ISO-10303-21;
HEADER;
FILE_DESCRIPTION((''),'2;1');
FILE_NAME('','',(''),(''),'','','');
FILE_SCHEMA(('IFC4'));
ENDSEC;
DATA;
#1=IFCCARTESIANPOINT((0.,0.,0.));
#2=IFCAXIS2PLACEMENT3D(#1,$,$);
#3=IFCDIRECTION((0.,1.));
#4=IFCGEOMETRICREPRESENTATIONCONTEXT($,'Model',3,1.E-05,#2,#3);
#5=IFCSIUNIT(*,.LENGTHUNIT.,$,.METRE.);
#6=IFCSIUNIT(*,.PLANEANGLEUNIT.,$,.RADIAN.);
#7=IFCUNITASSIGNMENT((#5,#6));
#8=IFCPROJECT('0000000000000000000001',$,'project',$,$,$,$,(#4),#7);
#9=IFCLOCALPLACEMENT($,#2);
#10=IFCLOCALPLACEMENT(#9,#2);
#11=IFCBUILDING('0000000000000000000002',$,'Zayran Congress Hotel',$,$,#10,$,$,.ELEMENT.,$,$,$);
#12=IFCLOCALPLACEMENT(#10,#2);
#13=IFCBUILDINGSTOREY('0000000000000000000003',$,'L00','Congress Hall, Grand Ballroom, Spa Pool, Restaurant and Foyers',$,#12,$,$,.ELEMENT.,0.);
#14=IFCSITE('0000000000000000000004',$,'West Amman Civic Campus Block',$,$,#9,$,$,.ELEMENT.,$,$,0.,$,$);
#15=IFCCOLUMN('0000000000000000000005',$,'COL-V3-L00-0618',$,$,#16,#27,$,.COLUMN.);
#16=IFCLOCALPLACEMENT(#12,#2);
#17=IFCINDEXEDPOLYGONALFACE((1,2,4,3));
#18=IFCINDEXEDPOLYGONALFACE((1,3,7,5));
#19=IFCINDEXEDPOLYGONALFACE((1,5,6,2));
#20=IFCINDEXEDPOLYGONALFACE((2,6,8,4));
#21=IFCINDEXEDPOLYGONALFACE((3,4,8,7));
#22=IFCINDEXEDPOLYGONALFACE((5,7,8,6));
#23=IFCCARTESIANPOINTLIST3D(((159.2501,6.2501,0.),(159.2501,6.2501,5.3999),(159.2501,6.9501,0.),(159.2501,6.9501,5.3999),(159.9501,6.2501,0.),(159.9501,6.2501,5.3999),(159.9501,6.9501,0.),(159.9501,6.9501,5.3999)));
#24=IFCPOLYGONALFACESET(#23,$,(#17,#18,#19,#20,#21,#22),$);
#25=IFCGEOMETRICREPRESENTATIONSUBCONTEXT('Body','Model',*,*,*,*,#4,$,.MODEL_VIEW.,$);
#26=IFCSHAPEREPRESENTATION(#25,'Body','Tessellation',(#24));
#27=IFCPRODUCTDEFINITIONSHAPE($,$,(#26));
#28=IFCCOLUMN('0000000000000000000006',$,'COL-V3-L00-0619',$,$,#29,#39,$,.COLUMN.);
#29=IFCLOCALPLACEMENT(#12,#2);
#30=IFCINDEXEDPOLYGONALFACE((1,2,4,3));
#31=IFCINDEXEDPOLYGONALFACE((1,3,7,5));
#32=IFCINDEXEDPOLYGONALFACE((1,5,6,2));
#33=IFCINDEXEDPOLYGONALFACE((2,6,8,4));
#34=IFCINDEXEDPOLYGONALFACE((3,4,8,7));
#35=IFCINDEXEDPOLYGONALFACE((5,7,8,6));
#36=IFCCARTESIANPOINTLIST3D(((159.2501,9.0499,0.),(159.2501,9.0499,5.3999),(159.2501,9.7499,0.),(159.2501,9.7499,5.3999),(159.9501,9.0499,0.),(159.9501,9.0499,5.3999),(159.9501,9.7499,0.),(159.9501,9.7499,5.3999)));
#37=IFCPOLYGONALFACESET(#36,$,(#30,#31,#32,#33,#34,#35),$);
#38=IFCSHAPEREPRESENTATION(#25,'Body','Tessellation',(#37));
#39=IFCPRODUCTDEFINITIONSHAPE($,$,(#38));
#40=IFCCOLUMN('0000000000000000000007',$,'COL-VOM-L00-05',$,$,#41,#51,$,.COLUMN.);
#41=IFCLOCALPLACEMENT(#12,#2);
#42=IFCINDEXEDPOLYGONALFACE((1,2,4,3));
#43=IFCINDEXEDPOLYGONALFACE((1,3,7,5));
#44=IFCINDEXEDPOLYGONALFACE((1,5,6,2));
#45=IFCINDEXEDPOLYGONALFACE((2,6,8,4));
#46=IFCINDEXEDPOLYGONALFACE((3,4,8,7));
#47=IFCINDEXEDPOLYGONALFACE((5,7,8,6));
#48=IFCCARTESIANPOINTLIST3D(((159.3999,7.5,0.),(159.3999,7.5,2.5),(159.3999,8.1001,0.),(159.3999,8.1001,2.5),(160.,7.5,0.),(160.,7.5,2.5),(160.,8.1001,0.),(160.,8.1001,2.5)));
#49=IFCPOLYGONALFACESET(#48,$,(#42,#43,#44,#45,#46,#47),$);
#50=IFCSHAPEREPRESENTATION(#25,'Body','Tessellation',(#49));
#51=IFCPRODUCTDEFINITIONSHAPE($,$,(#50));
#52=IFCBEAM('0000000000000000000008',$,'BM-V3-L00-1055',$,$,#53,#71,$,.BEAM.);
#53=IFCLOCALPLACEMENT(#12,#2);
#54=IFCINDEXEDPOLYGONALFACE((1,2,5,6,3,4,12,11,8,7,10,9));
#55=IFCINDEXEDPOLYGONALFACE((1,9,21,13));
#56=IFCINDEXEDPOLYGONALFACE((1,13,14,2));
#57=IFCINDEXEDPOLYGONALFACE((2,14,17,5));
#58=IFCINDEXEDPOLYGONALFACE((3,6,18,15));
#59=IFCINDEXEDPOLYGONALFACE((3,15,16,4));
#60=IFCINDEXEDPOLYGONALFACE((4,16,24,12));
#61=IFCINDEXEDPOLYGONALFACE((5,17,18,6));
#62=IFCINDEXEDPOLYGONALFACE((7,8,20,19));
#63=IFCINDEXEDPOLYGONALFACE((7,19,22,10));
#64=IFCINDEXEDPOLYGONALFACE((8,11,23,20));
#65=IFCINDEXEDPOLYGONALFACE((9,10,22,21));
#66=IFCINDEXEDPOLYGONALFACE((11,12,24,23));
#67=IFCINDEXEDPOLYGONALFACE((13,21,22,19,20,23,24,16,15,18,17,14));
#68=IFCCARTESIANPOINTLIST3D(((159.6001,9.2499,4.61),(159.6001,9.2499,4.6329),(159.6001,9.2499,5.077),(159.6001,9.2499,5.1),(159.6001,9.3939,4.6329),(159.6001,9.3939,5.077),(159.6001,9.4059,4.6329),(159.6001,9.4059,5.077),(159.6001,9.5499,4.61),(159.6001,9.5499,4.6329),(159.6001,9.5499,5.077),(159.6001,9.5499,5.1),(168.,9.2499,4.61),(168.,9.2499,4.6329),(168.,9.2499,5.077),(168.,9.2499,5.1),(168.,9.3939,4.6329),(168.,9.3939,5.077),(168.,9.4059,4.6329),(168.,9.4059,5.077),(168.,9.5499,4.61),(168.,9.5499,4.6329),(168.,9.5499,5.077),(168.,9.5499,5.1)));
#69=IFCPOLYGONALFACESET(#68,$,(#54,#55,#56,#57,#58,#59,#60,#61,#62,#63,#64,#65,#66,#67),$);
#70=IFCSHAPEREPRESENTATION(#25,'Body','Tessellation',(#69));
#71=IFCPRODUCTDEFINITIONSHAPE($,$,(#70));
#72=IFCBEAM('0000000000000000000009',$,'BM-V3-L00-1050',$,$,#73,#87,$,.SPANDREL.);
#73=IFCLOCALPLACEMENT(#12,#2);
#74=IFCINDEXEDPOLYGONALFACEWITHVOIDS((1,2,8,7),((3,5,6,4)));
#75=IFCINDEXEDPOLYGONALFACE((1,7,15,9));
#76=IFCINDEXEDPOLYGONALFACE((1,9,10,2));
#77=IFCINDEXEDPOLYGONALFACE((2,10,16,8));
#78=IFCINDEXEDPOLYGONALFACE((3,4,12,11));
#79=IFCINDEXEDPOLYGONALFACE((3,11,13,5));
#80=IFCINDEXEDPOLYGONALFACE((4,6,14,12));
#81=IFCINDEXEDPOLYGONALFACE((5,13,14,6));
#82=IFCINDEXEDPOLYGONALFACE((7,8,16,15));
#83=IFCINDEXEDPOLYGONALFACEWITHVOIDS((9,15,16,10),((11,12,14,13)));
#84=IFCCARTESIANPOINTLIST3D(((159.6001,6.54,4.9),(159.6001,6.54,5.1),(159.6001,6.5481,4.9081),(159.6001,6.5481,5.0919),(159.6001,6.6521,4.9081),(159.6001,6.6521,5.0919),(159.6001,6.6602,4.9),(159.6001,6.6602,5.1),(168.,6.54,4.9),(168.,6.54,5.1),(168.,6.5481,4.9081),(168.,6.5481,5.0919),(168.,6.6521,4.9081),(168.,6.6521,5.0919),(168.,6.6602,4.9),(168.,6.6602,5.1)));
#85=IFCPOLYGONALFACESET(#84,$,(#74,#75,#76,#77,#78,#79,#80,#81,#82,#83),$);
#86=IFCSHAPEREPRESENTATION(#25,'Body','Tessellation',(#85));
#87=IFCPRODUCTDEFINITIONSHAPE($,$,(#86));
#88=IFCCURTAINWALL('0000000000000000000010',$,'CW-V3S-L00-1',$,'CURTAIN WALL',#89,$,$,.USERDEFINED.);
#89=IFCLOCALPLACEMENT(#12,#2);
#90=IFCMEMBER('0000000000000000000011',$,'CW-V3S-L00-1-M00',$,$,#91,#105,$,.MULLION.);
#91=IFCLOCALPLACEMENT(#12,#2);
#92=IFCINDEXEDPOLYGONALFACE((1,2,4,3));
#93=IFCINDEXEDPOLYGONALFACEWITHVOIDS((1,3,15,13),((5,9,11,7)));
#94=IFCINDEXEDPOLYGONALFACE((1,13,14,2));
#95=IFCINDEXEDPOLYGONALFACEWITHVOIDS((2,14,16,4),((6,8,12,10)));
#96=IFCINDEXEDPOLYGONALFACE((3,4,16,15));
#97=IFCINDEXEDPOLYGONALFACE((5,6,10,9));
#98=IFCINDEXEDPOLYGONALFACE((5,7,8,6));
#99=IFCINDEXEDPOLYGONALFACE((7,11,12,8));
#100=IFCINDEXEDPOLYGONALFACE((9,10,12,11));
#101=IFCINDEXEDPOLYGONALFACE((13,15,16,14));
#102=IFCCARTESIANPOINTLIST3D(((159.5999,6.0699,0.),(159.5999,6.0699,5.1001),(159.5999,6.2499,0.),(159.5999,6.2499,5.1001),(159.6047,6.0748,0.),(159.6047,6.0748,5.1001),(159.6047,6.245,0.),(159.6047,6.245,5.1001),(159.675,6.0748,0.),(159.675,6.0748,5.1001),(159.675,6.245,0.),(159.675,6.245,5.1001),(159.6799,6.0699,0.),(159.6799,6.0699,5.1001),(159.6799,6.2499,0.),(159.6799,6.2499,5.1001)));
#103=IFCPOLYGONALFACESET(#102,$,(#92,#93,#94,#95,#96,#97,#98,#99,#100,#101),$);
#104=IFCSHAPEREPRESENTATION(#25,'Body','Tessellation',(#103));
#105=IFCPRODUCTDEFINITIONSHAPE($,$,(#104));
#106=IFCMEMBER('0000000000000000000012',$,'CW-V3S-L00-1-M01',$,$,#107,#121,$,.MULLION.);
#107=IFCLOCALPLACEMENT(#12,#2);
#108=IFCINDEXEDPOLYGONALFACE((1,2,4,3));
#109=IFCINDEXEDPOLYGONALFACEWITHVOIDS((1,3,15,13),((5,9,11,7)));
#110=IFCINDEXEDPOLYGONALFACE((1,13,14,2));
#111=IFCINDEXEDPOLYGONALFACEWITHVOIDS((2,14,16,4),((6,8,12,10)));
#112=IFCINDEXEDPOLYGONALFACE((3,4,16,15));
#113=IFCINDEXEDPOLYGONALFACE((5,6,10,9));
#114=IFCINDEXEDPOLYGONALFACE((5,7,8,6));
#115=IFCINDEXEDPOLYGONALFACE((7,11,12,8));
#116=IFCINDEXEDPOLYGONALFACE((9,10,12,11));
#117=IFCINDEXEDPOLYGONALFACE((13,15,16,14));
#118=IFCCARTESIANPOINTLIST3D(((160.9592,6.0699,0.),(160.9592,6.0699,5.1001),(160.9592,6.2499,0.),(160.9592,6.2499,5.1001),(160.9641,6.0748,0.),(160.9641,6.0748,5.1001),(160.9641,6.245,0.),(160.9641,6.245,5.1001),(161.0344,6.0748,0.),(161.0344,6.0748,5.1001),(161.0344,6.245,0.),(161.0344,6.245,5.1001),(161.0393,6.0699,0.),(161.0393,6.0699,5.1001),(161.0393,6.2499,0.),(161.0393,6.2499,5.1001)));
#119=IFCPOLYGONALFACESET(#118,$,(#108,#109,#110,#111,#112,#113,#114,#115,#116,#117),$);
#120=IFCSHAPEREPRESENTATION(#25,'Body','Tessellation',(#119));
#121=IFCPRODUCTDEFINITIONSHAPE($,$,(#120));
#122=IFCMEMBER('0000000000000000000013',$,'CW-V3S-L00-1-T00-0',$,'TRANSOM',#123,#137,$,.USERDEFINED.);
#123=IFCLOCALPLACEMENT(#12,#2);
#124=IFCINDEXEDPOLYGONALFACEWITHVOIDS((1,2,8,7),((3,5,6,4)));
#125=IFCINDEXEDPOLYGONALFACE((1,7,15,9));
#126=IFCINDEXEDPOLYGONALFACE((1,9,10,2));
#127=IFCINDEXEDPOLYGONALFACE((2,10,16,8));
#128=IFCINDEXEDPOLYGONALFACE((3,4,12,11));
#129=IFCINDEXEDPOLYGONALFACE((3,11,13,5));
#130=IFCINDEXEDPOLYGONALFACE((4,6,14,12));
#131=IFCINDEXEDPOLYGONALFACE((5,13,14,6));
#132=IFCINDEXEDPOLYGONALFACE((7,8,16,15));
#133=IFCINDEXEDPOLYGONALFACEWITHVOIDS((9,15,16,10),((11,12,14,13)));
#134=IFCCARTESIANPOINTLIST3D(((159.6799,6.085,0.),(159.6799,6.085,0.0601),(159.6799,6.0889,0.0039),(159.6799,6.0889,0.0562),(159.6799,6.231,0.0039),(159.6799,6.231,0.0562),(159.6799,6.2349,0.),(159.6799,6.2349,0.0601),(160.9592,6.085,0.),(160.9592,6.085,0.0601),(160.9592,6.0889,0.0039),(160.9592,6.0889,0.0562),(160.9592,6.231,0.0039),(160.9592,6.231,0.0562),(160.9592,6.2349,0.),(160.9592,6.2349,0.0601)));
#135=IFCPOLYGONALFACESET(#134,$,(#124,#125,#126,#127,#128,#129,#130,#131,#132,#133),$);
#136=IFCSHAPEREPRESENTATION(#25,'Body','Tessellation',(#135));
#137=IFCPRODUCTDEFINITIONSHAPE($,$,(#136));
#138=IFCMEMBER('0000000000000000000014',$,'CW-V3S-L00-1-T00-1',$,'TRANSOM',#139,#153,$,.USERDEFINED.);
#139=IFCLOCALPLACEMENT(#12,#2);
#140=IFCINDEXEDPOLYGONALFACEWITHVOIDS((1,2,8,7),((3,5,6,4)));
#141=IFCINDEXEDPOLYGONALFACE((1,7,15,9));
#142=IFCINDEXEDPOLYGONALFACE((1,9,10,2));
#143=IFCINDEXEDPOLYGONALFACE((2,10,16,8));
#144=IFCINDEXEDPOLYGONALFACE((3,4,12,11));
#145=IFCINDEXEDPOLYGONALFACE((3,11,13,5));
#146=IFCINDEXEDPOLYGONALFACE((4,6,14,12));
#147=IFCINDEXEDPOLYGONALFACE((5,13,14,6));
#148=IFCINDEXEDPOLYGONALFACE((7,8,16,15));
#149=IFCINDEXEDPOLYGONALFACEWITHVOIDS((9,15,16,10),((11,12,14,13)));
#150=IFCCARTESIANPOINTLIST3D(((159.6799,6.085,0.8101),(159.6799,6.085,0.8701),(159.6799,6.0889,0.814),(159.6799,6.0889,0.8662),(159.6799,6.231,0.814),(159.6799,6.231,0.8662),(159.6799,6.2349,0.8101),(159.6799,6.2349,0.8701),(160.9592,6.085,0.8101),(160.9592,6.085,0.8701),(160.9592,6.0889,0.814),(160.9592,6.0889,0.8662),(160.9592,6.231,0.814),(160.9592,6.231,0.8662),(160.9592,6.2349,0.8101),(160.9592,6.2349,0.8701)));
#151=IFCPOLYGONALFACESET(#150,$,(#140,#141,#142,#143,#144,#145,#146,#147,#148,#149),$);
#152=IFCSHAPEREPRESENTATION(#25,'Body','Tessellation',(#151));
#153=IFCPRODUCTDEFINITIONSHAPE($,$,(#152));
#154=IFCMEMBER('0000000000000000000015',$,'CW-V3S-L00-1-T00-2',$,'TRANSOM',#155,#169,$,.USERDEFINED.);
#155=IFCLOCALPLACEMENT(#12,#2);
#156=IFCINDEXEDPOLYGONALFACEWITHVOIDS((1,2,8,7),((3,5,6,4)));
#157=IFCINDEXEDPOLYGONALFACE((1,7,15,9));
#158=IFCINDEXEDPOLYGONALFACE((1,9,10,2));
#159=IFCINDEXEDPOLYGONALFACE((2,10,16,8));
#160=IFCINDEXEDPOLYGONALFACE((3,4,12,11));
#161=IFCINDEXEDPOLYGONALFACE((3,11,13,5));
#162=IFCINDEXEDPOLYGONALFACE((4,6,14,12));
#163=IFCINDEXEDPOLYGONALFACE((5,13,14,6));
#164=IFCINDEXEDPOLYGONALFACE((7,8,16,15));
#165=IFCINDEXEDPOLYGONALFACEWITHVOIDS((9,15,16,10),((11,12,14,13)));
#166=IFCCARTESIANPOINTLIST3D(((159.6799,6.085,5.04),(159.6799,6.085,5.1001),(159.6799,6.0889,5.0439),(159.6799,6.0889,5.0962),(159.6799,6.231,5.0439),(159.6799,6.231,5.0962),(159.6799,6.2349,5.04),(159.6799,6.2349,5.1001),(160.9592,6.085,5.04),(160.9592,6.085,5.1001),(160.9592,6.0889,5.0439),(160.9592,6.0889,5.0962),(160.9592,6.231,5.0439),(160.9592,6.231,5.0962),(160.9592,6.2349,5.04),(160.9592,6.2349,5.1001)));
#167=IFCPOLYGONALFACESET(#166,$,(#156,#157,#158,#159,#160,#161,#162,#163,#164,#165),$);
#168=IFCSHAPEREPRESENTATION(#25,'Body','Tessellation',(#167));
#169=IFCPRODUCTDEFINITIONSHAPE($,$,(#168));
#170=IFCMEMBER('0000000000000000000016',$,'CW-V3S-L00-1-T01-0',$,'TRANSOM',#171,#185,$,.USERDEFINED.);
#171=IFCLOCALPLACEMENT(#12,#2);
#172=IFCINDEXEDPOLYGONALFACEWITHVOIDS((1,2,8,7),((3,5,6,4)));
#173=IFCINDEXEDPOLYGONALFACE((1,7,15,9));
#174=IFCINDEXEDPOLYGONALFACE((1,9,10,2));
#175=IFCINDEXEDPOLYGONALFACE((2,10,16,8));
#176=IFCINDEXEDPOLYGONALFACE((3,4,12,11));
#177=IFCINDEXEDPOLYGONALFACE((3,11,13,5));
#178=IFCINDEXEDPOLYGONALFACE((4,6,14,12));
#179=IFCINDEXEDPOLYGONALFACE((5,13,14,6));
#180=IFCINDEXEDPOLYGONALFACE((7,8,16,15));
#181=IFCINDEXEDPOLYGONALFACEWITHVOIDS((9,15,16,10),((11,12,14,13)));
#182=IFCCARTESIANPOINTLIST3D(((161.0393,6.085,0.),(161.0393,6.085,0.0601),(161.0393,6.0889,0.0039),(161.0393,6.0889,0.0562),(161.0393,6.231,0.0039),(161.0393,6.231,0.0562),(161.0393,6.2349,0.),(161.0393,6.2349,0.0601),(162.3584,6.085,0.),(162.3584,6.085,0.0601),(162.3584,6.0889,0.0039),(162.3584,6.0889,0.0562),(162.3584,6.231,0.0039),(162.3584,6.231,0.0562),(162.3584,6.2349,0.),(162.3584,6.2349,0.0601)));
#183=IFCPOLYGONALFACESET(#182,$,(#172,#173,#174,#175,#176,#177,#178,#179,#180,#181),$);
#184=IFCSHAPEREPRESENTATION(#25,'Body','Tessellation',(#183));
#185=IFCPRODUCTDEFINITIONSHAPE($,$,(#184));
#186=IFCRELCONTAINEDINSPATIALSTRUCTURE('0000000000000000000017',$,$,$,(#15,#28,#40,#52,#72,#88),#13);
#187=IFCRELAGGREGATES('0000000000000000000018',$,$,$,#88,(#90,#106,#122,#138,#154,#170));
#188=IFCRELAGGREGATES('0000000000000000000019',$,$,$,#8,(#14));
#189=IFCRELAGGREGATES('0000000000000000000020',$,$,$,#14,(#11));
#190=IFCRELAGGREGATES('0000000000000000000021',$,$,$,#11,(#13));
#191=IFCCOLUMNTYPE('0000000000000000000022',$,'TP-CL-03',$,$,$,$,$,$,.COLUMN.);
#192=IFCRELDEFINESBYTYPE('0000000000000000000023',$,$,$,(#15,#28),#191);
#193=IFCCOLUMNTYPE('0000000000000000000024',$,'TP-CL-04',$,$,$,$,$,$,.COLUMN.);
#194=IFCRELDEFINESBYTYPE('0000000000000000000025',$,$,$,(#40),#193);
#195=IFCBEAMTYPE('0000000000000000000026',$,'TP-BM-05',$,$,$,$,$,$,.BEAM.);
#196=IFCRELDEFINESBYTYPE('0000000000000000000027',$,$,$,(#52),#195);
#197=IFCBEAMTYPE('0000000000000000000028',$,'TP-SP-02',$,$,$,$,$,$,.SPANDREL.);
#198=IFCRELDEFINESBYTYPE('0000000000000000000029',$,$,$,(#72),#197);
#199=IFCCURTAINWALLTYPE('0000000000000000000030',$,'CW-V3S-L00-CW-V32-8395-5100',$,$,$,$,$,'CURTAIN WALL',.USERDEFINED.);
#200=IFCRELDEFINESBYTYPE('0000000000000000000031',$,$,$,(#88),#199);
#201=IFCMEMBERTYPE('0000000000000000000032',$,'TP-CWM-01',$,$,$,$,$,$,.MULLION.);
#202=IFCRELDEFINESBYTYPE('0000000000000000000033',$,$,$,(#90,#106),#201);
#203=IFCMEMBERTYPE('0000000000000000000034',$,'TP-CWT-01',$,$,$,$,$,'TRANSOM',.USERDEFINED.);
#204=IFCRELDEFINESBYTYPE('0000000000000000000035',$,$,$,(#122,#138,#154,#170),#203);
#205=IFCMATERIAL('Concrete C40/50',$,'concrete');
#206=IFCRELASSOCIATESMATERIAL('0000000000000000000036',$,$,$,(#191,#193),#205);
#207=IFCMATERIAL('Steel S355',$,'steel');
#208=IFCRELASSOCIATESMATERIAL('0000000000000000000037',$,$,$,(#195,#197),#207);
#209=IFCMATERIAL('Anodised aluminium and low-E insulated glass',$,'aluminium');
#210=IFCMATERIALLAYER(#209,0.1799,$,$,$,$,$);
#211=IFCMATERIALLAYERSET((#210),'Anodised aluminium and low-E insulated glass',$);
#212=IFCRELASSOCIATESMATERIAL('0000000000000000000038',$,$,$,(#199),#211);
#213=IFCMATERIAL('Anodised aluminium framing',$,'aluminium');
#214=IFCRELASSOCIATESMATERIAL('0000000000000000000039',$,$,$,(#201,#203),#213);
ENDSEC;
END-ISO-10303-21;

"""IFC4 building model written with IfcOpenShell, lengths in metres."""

from ifc_helpers import new_model, si_unit, direction, frame, origin, origin_2d, place, context, subcontext, project, spatial, rectangle, hollow_rectangle, i_section, extrude, material, layer, layer_set, material_profile, profile_set, type_object, element, aggregate, save


model = new_model("IFC4")

# Units and contexts
model_context = context("Model", 3, precision=1e-05, world=origin(), true_north=direction((0.0, 1.0)))
body_context = subcontext(model_context, "Body", "Model", "MODEL_VIEW")
ifc_project = project(units=[si_unit("LENGTHUNIT", "METRE"), si_unit("PLANEANGLEUNIT", "RADIAN")], contexts=[model_context])

# Site, building, storey
site_placement = place(None, origin())
site = spatial("IfcSite", under=ifc_project, at=site_placement, Name="West Amman Civic Campus Block", CompositionType="ELEMENT", RefElevation=0.0)
building_placement = place(site_placement, origin())
building = spatial("IfcBuilding", under=site, at=building_placement, Name="Zayran Congress Hotel", CompositionType="ELEMENT")
storey_placement = place(building_placement, origin())
storey = spatial("IfcBuildingStorey", under=building, at=storey_placement, Name="L00", Description="Congress Hall, Grand Ballroom, Spa Pool, Restaurant and Foyers", CompositionType="ELEMENT", Elevation=0.0)

# Columns
ifc_material_1 = material(Name="Concrete C40/50", Category="concrete")
ifc_material_profile_1 = material_profile(ifc_material_1, rectangle(XDim=0.7, YDim=0.7, at=origin_2d()), Name="RC 700x700")
ifc_profile_set_1 = profile_set([ifc_material_profile_1], Name="Concrete C40/50")
column_type_1 = type_object("IfcColumnType", Name="TP-CL-03", PredefinedType="COLUMN", material=ifc_profile_set_1)
for number, where, z_axis, x_axis, name in (
    (1, (159.6001, 6.6001, 0.0), (0.0, 0.0, 1.0), (1.0, 0.0, 0.0), "COL-V3-L00-0618"),
    (2, (159.6001, 9.3999, 0.0), (0.0, 0.0, 1.0), (1.0, 0.0, 0.0), "COL-V3-L00-0619"),
):
    element("IfcColumn", number, at=place(storey_placement, frame(where, z_axis=z_axis, x_axis=x_axis)), inside=storey, type_object=column_type_1, Name=name, PredefinedType="COLUMN", context=body_context, shape_type="SweptSolid", body=[
        extrude(rectangle(XDim=0.7, YDim=0.7, at=origin_2d()), origin(), (0.0, 0.0, 1.0), 5.3999),
    ])
ifc_material_profile_2 = material_profile(ifc_material_1, rectangle(XDim=0.6001, YDim=0.6001, at=origin_2d()), Name="RC 600x600")
ifc_profile_set_2 = profile_set([ifc_material_profile_2], Name="Concrete C40/50")
column_type_2 = type_object("IfcColumnType", Name="TP-CL-04", PredefinedType="COLUMN", material=ifc_profile_set_2)
column_placement = place(storey_placement, frame((159.7, 7.8, 0.0), z_axis=(0.0, 0.0, 1.0), x_axis=(1.0, 0.0, 0.0)))
element("IfcColumn", 3, at=column_placement, inside=storey, type_object=column_type_2, Name="COL-VOM-L00-05", PredefinedType="COLUMN", context=body_context, shape_type="SweptSolid", body=[
    extrude(rectangle(XDim=0.6001, YDim=0.6001, at=origin_2d()), origin(), (0.0, 0.0, 1.0), 2.5),
])

# Beams
ifc_material_2 = material(Name="Steel S355", Category="steel")
ifc_material_profile_3 = material_profile(ifc_material_2, i_section(OverallWidth=0.3, OverallDepth=0.49, WebThickness=0.012, FlangeThickness=0.0229, at=origin_2d()), Name="HEA 500")
ifc_profile_set_3 = profile_set([ifc_material_profile_3], Name="Steel S355")
beam_type_1 = type_object("IfcBeamType", Name="TP-BM-05", PredefinedType="BEAM", material=ifc_profile_set_3)
beam_1_placement = place(storey_placement, frame((159.6001, 9.3999, 4.855), z_axis=(1.0, 0.0, 0.0), x_axis=(0.0, 1.0, 0.0)))
element("IfcBeam", 4, at=beam_1_placement, inside=storey, type_object=beam_type_1, Name="BM-V3-L00-1055", PredefinedType="BEAM", context=body_context, shape_type="SweptSolid", body=[
    extrude(i_section(OverallWidth=0.3, OverallDepth=0.49, WebThickness=0.012, FlangeThickness=0.0229, at=origin_2d()), origin(), (0.0, 0.0, 1.0), 8.3999),
])
ifc_material_profile_4 = material_profile(ifc_material_2, hollow_rectangle(XDim=0.1201, YDim=0.2, WallThickness=0.0081, at=origin_2d()), Name="RHS 200x120x8")
ifc_profile_set_4 = profile_set([ifc_material_profile_4], Name="Steel S355")
beam_type_2 = type_object("IfcBeamType", Name="TP-SP-02", PredefinedType="SPANDREL", material=ifc_profile_set_4)
beam_2_placement = place(storey_placement, frame((159.6001, 6.6001, 5.0), z_axis=(1.0, 0.0, 0.0), x_axis=(0.0, 1.0, 0.0)))
element("IfcBeam", 5, at=beam_2_placement, inside=storey, type_object=beam_type_2, Name="BM-V3-L00-1050", PredefinedType="SPANDREL", context=body_context, shape_type="SweptSolid", body=[
    extrude(hollow_rectangle(XDim=0.1201, YDim=0.2, WallThickness=0.0081, at=origin_2d()), origin(), (0.0, 0.0, 1.0), 8.3999),
])

# Curtain wall, members
ifc_material_3 = material(Name="Anodised aluminium and low-E insulated glass", Category="aluminium")
ifc_layer_1 = layer(ifc_material_3, 0.1799)
ifc_layer_set_1 = layer_set([ifc_layer_1], Name="Anodised aluminium and low-E insulated glass")
curtain_wall_type = type_object("IfcCurtainWallType", Name="CW-V3S-L00-CW-V32-8395-5100", ElementType="CURTAIN WALL", PredefinedType="USERDEFINED", material=ifc_layer_set_1)
curtain_wall_placement = place(storey_placement, origin())
curtain_wall = element("IfcCurtainWall", 6, at=curtain_wall_placement, inside=storey, type_object=curtain_wall_type, Name="CW-V3S-L00-1", ObjectType="CURTAIN WALL", PredefinedType="USERDEFINED")
ifc_material_4 = material(Name="Anodised aluminium framing", Category="aluminium")
ifc_material_profile_5 = material_profile(ifc_material_4, hollow_rectangle(XDim=0.0801, YDim=0.1799, WallThickness=0.0049, at=origin_2d()), Name="RHS 180x80x5")
ifc_profile_set_5 = profile_set([ifc_material_profile_5], Name="Anodised aluminium framing")
member_type_1 = type_object("IfcMemberType", Name="TP-CWM-01", PredefinedType="MULLION", material=ifc_profile_set_5)
member_1_placement = place(storey_placement, frame((159.6399, 6.1599, 0.0), z_axis=(0.0, 0.0, 1.0), x_axis=(1.0, 0.0, 0.0)))
member_1 = element("IfcMember", 7, at=member_1_placement, type_object=member_type_1, Name="CW-V3S-L00-1-M00", PredefinedType="MULLION", context=body_context, shape_type="SweptSolid", body=[
    extrude(hollow_rectangle(XDim=0.0801, YDim=0.1799, WallThickness=0.0049, at=origin_2d()), origin(), (0.0, 0.0, 1.0), 5.1001),
])
member_2_placement = place(storey_placement, frame((160.9993, 6.1599, 0.0), z_axis=(0.0, 0.0, 1.0), x_axis=(1.0, 0.0, 0.0)))
member_2 = element("IfcMember", 8, at=member_2_placement, type_object=member_type_1, Name="CW-V3S-L00-1-M01", PredefinedType="MULLION", context=body_context, shape_type="SweptSolid", body=[
    extrude(hollow_rectangle(XDim=0.0801, YDim=0.1799, WallThickness=0.0049, at=origin_2d()), origin(), (0.0, 0.0, 1.0), 5.1001),
])
ifc_material_profile_6 = material_profile(ifc_material_4, hollow_rectangle(XDim=0.0601, YDim=0.1499, WallThickness=0.0039, at=origin_2d()), Name="RHS 150x60x4")
ifc_profile_set_6 = profile_set([ifc_material_profile_6], Name="Anodised aluminium framing")
member_type_2 = type_object("IfcMemberType", Name="TP-CWT-01", ElementType="TRANSOM", PredefinedType="USERDEFINED", material=ifc_profile_set_6)
member_3_placement = place(storey_placement, frame((159.6799, 6.1599, 0.03), z_axis=(1.0, 0.0, 0.0), x_axis=(0.0, 0.0, 1.0)))
member_3 = element("IfcMember", 9, at=member_3_placement, type_object=member_type_2, Name="CW-V3S-L00-1-T00-0", ObjectType="TRANSOM", PredefinedType="USERDEFINED", context=body_context, shape_type="SweptSolid", body=[
    extrude(hollow_rectangle(XDim=0.0601, YDim=0.1499, WallThickness=0.0039, at=origin_2d()), origin(), (0.0, 0.0, 1.0), 1.2793),
])
member_4_placement = place(storey_placement, frame((159.6799, 6.1599, 0.8401), z_axis=(1.0, 0.0, 0.0), x_axis=(0.0, 0.0, 1.0)))
member_4 = element("IfcMember", 10, at=member_4_placement, type_object=member_type_2, Name="CW-V3S-L00-1-T00-1", ObjectType="TRANSOM", PredefinedType="USERDEFINED", context=body_context, shape_type="SweptSolid", body=[
    extrude(hollow_rectangle(XDim=0.0601, YDim=0.1499, WallThickness=0.0039, at=origin_2d()), origin(), (0.0, 0.0, 1.0), 1.2793),
])
member_5_placement = place(storey_placement, frame((159.6799, 6.1599, 5.0701), z_axis=(1.0, 0.0, 0.0), x_axis=(0.0, 0.0, 1.0)))
member_5 = element("IfcMember", 11, at=member_5_placement, type_object=member_type_2, Name="CW-V3S-L00-1-T00-2", ObjectType="TRANSOM", PredefinedType="USERDEFINED", context=body_context, shape_type="SweptSolid", body=[
    extrude(hollow_rectangle(XDim=0.0601, YDim=0.1499, WallThickness=0.0039, at=origin_2d()), origin(), (0.0, 0.0, 1.0), 1.2793),
])
member_6_placement = place(storey_placement, frame((161.0393, 6.1599, 0.03), z_axis=(1.0, 0.0, 0.0), x_axis=(0.0, 0.0, 1.0)))
member_6 = element("IfcMember", 12, at=member_6_placement, type_object=member_type_2, Name="CW-V3S-L00-1-T01-0", ObjectType="TRANSOM", PredefinedType="USERDEFINED", context=body_context, shape_type="SweptSolid", body=[
    extrude(hollow_rectangle(XDim=0.0601, YDim=0.1499, WallThickness=0.0039, at=origin_2d()), origin(), (0.0, 0.0, 1.0), 1.3191),
])
aggregate(curtain_wall, [member_1, member_2, member_3, member_4, member_5, member_6])

save(model, "model.ifc")
